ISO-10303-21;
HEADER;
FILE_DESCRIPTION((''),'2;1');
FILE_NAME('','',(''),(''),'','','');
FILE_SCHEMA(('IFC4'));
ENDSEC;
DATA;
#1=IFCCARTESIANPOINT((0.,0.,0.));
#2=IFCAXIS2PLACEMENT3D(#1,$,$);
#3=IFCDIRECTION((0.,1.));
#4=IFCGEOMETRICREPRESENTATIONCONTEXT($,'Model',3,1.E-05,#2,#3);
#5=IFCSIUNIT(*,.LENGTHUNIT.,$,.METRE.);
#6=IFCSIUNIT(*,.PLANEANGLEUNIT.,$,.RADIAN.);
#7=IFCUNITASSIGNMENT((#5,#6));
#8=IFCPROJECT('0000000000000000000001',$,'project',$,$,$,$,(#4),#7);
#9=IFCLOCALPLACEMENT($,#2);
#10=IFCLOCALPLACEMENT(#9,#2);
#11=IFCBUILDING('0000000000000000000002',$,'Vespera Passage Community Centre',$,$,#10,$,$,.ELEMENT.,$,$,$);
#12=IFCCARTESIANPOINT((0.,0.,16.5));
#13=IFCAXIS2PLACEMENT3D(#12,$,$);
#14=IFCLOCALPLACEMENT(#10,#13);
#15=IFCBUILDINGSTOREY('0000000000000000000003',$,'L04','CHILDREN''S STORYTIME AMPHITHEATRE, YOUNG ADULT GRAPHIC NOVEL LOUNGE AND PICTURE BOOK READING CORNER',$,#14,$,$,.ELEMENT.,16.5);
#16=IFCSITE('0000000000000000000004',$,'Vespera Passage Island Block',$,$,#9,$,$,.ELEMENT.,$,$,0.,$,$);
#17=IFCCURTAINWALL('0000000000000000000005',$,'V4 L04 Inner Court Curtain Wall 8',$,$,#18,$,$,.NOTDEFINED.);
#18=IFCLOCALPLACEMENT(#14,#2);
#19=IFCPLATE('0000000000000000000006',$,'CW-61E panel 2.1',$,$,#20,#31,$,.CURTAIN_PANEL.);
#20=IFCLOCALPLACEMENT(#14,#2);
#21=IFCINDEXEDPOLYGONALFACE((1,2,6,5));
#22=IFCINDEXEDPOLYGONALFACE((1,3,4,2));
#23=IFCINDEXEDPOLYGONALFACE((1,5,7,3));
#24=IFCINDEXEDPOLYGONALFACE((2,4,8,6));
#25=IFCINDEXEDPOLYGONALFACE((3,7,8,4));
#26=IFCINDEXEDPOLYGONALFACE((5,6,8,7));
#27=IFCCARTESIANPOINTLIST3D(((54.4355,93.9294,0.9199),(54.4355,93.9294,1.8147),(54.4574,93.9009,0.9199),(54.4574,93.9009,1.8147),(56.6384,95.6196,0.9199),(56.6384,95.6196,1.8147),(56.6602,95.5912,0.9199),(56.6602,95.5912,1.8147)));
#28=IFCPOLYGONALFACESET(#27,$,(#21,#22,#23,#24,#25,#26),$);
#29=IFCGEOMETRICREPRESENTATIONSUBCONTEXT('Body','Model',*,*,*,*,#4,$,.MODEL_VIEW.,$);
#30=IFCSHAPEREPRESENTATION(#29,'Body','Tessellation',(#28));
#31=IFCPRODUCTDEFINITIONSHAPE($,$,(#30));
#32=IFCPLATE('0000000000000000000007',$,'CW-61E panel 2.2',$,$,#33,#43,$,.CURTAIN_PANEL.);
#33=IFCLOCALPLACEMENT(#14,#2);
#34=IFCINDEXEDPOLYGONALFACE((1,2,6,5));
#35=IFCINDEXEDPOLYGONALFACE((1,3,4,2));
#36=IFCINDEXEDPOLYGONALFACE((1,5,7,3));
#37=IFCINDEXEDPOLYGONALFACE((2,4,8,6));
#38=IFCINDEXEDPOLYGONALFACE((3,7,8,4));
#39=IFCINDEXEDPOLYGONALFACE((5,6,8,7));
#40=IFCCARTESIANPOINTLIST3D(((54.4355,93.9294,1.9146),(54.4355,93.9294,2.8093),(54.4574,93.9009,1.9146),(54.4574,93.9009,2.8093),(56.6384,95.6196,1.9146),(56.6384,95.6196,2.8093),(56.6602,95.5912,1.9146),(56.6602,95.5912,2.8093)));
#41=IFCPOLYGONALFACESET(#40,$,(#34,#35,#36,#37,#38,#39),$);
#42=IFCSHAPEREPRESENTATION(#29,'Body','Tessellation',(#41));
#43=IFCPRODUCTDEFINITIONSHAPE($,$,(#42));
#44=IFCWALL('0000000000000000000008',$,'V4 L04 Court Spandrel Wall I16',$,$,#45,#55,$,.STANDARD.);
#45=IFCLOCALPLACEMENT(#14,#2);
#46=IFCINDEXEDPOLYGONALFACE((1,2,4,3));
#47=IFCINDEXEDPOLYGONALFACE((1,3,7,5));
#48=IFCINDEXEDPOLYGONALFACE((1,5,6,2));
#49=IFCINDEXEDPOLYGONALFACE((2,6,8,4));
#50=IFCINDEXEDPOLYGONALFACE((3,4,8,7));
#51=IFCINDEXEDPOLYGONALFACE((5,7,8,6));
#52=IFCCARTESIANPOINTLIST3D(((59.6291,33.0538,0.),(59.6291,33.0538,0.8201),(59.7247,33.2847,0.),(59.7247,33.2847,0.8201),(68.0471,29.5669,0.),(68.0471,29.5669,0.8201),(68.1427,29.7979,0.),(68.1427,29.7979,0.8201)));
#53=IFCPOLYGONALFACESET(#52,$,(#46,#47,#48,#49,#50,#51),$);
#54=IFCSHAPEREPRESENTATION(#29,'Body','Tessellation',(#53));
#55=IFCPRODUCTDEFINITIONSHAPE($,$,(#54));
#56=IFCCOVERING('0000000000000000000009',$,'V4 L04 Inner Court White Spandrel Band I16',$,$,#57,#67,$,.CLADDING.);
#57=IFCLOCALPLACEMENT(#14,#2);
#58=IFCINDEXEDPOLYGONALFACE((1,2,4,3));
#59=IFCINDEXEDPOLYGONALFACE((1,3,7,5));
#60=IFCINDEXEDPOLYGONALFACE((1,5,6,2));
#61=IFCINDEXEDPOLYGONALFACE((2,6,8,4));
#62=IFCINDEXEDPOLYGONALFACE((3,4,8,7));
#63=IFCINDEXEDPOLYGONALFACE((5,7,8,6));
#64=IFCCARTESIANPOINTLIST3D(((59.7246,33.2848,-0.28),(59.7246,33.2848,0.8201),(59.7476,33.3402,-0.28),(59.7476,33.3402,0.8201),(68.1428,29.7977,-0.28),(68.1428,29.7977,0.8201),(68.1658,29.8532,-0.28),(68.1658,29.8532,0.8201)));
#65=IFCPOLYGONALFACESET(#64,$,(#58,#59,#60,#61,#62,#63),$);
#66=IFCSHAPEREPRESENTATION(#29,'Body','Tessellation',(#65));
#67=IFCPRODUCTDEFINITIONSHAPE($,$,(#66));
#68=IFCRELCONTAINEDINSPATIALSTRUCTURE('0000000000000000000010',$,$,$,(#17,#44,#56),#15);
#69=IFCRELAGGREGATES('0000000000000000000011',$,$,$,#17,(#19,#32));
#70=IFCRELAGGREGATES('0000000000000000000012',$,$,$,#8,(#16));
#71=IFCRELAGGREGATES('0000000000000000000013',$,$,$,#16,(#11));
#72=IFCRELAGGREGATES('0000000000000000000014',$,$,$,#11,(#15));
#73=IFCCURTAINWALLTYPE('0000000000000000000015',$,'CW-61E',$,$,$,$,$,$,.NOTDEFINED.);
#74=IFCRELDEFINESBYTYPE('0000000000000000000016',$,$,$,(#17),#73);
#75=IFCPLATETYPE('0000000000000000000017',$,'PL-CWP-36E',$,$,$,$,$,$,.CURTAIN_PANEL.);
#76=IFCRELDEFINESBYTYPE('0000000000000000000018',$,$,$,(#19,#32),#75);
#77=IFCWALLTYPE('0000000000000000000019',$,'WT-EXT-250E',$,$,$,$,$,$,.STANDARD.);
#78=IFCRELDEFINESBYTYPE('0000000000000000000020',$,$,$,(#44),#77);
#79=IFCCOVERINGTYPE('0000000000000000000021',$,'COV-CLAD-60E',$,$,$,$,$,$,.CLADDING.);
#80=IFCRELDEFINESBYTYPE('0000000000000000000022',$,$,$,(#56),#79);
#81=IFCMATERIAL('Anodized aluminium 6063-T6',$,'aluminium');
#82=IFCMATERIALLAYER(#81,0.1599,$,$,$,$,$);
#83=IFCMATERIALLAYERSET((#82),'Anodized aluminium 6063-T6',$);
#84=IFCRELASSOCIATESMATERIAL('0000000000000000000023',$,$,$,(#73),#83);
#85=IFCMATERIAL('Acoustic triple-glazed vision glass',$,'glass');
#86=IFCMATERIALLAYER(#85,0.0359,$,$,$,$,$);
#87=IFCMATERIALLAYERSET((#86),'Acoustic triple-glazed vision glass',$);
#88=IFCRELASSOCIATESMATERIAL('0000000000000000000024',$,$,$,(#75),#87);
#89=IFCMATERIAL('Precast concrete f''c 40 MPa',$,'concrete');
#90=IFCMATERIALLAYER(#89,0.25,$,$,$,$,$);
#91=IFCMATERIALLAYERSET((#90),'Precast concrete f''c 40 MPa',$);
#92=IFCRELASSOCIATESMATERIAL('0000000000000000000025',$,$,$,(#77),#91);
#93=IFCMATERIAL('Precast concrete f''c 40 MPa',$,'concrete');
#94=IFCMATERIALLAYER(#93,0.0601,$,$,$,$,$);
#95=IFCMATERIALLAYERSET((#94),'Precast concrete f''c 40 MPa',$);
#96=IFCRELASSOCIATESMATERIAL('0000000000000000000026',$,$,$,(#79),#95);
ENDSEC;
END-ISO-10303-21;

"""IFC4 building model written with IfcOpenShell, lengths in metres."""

from ifc_helpers import new_model, si_unit, direction, frame, frame_2d, origin, origin_2d, place, context, subcontext, project, spatial, rectangle, extrude, material, layer, layer_set, type_object, element, aggregate, save


model = new_model("IFC4")

# Units and contexts
model_context = context("Model", 3, precision=1e-05, world=origin(), true_north=direction((0.0, 1.0)))
body_context = subcontext(model_context, "Body", "Model", "MODEL_VIEW")
ifc_project = project(units=[si_unit("LENGTHUNIT", "METRE"), si_unit("PLANEANGLEUNIT", "RADIAN")], contexts=[model_context])

# Site, building, storey
site_placement = place(None, origin())
site = spatial("IfcSite", under=ifc_project, at=site_placement, Name="Vespera Passage Island Block", CompositionType="ELEMENT", RefElevation=0.0)
building_placement = place(site_placement, origin())
building = spatial("IfcBuilding", under=site, at=building_placement, Name="Vespera Passage Community Centre", CompositionType="ELEMENT")
storey_placement = place(building_placement, frame((0.0, 0.0, 16.5)))
storey = spatial("IfcBuildingStorey", under=building, at=storey_placement, Name="L04", Description="CHILDREN'S STORYTIME AMPHITHEATRE, YOUNG ADULT GRAPHIC NOVEL LOUNGE AND PICTURE BOOK READING CORNER", CompositionType="ELEMENT", Elevation=16.5)

# Curtain wall
ifc_material_1 = material(Name="Anodized aluminium 6063-T6", Category="aluminium")
ifc_layer_1 = layer(ifc_material_1, 0.1599)
ifc_layer_set_1 = layer_set([ifc_layer_1], Name="Anodized aluminium 6063-T6")
curtain_wall_type_1 = type_object("IfcCurtainWallType", Name="CW-61E", PredefinedType="NOTDEFINED", material=ifc_layer_set_1)
curtain_wall_1_placement = place(storey_placement, origin())
curtain_wall_1 = element("IfcCurtainWall", 1, at=curtain_wall_1_placement, inside=storey, type_object=curtain_wall_type_1, Name="V4 L04 Inner Court Curtain Wall 8", PredefinedType="NOTDEFINED")

# Plates
ifc_material_2 = material(Name="Acoustic triple-glazed vision glass", Category="glass")
ifc_layer_2 = layer(ifc_material_2, 0.0359)
ifc_layer_set_2 = layer_set([ifc_layer_2], Name="Acoustic triple-glazed vision glass")
plate_type_1 = type_object("IfcPlateType", Name="PL-CWP-36E", PredefinedType="CURTAIN_PANEL", material=ifc_layer_set_2)
plate_1_placement = place(storey_placement, frame((55.5479, 94.7603, 0.9199), z_axis=(0.0, 0.0, 1.0), x_axis=(-0.793358, -0.608755, 0.0)))
plate_1 = element("IfcPlate", 2, at=plate_1_placement, type_object=plate_type_1, Name="CW-61E panel 2.1", PredefinedType="CURTAIN_PANEL", context=body_context, shape_type="SweptSolid", body=[
    extrude(rectangle(XDim=2.7766, YDim=0.0359, at=origin_2d()), origin(), (0.0, 0.0, 1.0), 0.8948),
])
plate_2_placement = place(storey_placement, frame((55.5479, 94.7603, 1.9146), z_axis=(0.0, 0.0, 1.0), x_axis=(-0.793358, -0.608755, 0.0)))
plate_2 = element("IfcPlate", 3, at=plate_2_placement, type_object=plate_type_1, Name="CW-61E panel 2.2", PredefinedType="CURTAIN_PANEL", context=body_context, shape_type="SweptSolid", body=[
    extrude(rectangle(XDim=2.7766, YDim=0.0359, at=origin_2d()), origin(), (0.0, 0.0, 1.0), 0.8948),
])
aggregate(curtain_wall_1, [plate_1, plate_2])

# Wall
ifc_material_3 = material(Name="Precast concrete f'c 40 MPa", Category="concrete")
ifc_layer_3 = layer(ifc_material_3, 0.25)
ifc_layer_set_3 = layer_set([ifc_layer_3], Name="Precast concrete f'c 40 MPa")
wall_type = type_object("IfcWallType", Name="WT-EXT-250E", PredefinedType="STANDARD", material=ifc_layer_set_3)
wall_placement = place(storey_placement, frame((59.677, 33.1692, 0.0), z_axis=(0.0, 0.0, 1.0), x_axis=(0.92388, -0.382682, 0.0)))
element("IfcWall", 4, at=wall_placement, inside=storey, type_object=wall_type, Name="V4 L04 Court Spandrel Wall I16", PredefinedType="STANDARD", context=body_context, shape_type="SweptSolid", body=[
    extrude(rectangle(XDim=9.1116, YDim=0.25, at=frame_2d((4.5557, 0.0))), origin(), (0.0, 0.0, 1.0), 0.8201),
])

# Covering
ifc_material_4 = material(Name="Precast concrete f'c 40 MPa", Category="concrete")
ifc_layer_4 = layer(ifc_material_4, 0.0601)
ifc_layer_set_4 = layer_set([ifc_layer_4], Name="Precast concrete f'c 40 MPa")
covering_type = type_object("IfcCoveringType", Name="COV-CLAD-60E", PredefinedType="CLADDING", material=ifc_layer_set_4)
covering_placement = place(storey_placement, frame((59.7361, 33.3125, -0.28), z_axis=(0.0, 0.0, 1.0), x_axis=(0.923875, -0.382695, 0.0)))
element("IfcCovering", 5, at=covering_placement, inside=storey, type_object=covering_type, Name="V4 L04 Inner Court White Spandrel Band I16", PredefinedType="CLADDING", context=body_context, shape_type="SweptSolid", body=[
    extrude(rectangle(XDim=9.1118, YDim=0.0601, at=frame_2d((4.5559, 0.0))), origin(), (0.0, 0.0, 1.0), 1.1001),
])

save(model, "model.ifc")
